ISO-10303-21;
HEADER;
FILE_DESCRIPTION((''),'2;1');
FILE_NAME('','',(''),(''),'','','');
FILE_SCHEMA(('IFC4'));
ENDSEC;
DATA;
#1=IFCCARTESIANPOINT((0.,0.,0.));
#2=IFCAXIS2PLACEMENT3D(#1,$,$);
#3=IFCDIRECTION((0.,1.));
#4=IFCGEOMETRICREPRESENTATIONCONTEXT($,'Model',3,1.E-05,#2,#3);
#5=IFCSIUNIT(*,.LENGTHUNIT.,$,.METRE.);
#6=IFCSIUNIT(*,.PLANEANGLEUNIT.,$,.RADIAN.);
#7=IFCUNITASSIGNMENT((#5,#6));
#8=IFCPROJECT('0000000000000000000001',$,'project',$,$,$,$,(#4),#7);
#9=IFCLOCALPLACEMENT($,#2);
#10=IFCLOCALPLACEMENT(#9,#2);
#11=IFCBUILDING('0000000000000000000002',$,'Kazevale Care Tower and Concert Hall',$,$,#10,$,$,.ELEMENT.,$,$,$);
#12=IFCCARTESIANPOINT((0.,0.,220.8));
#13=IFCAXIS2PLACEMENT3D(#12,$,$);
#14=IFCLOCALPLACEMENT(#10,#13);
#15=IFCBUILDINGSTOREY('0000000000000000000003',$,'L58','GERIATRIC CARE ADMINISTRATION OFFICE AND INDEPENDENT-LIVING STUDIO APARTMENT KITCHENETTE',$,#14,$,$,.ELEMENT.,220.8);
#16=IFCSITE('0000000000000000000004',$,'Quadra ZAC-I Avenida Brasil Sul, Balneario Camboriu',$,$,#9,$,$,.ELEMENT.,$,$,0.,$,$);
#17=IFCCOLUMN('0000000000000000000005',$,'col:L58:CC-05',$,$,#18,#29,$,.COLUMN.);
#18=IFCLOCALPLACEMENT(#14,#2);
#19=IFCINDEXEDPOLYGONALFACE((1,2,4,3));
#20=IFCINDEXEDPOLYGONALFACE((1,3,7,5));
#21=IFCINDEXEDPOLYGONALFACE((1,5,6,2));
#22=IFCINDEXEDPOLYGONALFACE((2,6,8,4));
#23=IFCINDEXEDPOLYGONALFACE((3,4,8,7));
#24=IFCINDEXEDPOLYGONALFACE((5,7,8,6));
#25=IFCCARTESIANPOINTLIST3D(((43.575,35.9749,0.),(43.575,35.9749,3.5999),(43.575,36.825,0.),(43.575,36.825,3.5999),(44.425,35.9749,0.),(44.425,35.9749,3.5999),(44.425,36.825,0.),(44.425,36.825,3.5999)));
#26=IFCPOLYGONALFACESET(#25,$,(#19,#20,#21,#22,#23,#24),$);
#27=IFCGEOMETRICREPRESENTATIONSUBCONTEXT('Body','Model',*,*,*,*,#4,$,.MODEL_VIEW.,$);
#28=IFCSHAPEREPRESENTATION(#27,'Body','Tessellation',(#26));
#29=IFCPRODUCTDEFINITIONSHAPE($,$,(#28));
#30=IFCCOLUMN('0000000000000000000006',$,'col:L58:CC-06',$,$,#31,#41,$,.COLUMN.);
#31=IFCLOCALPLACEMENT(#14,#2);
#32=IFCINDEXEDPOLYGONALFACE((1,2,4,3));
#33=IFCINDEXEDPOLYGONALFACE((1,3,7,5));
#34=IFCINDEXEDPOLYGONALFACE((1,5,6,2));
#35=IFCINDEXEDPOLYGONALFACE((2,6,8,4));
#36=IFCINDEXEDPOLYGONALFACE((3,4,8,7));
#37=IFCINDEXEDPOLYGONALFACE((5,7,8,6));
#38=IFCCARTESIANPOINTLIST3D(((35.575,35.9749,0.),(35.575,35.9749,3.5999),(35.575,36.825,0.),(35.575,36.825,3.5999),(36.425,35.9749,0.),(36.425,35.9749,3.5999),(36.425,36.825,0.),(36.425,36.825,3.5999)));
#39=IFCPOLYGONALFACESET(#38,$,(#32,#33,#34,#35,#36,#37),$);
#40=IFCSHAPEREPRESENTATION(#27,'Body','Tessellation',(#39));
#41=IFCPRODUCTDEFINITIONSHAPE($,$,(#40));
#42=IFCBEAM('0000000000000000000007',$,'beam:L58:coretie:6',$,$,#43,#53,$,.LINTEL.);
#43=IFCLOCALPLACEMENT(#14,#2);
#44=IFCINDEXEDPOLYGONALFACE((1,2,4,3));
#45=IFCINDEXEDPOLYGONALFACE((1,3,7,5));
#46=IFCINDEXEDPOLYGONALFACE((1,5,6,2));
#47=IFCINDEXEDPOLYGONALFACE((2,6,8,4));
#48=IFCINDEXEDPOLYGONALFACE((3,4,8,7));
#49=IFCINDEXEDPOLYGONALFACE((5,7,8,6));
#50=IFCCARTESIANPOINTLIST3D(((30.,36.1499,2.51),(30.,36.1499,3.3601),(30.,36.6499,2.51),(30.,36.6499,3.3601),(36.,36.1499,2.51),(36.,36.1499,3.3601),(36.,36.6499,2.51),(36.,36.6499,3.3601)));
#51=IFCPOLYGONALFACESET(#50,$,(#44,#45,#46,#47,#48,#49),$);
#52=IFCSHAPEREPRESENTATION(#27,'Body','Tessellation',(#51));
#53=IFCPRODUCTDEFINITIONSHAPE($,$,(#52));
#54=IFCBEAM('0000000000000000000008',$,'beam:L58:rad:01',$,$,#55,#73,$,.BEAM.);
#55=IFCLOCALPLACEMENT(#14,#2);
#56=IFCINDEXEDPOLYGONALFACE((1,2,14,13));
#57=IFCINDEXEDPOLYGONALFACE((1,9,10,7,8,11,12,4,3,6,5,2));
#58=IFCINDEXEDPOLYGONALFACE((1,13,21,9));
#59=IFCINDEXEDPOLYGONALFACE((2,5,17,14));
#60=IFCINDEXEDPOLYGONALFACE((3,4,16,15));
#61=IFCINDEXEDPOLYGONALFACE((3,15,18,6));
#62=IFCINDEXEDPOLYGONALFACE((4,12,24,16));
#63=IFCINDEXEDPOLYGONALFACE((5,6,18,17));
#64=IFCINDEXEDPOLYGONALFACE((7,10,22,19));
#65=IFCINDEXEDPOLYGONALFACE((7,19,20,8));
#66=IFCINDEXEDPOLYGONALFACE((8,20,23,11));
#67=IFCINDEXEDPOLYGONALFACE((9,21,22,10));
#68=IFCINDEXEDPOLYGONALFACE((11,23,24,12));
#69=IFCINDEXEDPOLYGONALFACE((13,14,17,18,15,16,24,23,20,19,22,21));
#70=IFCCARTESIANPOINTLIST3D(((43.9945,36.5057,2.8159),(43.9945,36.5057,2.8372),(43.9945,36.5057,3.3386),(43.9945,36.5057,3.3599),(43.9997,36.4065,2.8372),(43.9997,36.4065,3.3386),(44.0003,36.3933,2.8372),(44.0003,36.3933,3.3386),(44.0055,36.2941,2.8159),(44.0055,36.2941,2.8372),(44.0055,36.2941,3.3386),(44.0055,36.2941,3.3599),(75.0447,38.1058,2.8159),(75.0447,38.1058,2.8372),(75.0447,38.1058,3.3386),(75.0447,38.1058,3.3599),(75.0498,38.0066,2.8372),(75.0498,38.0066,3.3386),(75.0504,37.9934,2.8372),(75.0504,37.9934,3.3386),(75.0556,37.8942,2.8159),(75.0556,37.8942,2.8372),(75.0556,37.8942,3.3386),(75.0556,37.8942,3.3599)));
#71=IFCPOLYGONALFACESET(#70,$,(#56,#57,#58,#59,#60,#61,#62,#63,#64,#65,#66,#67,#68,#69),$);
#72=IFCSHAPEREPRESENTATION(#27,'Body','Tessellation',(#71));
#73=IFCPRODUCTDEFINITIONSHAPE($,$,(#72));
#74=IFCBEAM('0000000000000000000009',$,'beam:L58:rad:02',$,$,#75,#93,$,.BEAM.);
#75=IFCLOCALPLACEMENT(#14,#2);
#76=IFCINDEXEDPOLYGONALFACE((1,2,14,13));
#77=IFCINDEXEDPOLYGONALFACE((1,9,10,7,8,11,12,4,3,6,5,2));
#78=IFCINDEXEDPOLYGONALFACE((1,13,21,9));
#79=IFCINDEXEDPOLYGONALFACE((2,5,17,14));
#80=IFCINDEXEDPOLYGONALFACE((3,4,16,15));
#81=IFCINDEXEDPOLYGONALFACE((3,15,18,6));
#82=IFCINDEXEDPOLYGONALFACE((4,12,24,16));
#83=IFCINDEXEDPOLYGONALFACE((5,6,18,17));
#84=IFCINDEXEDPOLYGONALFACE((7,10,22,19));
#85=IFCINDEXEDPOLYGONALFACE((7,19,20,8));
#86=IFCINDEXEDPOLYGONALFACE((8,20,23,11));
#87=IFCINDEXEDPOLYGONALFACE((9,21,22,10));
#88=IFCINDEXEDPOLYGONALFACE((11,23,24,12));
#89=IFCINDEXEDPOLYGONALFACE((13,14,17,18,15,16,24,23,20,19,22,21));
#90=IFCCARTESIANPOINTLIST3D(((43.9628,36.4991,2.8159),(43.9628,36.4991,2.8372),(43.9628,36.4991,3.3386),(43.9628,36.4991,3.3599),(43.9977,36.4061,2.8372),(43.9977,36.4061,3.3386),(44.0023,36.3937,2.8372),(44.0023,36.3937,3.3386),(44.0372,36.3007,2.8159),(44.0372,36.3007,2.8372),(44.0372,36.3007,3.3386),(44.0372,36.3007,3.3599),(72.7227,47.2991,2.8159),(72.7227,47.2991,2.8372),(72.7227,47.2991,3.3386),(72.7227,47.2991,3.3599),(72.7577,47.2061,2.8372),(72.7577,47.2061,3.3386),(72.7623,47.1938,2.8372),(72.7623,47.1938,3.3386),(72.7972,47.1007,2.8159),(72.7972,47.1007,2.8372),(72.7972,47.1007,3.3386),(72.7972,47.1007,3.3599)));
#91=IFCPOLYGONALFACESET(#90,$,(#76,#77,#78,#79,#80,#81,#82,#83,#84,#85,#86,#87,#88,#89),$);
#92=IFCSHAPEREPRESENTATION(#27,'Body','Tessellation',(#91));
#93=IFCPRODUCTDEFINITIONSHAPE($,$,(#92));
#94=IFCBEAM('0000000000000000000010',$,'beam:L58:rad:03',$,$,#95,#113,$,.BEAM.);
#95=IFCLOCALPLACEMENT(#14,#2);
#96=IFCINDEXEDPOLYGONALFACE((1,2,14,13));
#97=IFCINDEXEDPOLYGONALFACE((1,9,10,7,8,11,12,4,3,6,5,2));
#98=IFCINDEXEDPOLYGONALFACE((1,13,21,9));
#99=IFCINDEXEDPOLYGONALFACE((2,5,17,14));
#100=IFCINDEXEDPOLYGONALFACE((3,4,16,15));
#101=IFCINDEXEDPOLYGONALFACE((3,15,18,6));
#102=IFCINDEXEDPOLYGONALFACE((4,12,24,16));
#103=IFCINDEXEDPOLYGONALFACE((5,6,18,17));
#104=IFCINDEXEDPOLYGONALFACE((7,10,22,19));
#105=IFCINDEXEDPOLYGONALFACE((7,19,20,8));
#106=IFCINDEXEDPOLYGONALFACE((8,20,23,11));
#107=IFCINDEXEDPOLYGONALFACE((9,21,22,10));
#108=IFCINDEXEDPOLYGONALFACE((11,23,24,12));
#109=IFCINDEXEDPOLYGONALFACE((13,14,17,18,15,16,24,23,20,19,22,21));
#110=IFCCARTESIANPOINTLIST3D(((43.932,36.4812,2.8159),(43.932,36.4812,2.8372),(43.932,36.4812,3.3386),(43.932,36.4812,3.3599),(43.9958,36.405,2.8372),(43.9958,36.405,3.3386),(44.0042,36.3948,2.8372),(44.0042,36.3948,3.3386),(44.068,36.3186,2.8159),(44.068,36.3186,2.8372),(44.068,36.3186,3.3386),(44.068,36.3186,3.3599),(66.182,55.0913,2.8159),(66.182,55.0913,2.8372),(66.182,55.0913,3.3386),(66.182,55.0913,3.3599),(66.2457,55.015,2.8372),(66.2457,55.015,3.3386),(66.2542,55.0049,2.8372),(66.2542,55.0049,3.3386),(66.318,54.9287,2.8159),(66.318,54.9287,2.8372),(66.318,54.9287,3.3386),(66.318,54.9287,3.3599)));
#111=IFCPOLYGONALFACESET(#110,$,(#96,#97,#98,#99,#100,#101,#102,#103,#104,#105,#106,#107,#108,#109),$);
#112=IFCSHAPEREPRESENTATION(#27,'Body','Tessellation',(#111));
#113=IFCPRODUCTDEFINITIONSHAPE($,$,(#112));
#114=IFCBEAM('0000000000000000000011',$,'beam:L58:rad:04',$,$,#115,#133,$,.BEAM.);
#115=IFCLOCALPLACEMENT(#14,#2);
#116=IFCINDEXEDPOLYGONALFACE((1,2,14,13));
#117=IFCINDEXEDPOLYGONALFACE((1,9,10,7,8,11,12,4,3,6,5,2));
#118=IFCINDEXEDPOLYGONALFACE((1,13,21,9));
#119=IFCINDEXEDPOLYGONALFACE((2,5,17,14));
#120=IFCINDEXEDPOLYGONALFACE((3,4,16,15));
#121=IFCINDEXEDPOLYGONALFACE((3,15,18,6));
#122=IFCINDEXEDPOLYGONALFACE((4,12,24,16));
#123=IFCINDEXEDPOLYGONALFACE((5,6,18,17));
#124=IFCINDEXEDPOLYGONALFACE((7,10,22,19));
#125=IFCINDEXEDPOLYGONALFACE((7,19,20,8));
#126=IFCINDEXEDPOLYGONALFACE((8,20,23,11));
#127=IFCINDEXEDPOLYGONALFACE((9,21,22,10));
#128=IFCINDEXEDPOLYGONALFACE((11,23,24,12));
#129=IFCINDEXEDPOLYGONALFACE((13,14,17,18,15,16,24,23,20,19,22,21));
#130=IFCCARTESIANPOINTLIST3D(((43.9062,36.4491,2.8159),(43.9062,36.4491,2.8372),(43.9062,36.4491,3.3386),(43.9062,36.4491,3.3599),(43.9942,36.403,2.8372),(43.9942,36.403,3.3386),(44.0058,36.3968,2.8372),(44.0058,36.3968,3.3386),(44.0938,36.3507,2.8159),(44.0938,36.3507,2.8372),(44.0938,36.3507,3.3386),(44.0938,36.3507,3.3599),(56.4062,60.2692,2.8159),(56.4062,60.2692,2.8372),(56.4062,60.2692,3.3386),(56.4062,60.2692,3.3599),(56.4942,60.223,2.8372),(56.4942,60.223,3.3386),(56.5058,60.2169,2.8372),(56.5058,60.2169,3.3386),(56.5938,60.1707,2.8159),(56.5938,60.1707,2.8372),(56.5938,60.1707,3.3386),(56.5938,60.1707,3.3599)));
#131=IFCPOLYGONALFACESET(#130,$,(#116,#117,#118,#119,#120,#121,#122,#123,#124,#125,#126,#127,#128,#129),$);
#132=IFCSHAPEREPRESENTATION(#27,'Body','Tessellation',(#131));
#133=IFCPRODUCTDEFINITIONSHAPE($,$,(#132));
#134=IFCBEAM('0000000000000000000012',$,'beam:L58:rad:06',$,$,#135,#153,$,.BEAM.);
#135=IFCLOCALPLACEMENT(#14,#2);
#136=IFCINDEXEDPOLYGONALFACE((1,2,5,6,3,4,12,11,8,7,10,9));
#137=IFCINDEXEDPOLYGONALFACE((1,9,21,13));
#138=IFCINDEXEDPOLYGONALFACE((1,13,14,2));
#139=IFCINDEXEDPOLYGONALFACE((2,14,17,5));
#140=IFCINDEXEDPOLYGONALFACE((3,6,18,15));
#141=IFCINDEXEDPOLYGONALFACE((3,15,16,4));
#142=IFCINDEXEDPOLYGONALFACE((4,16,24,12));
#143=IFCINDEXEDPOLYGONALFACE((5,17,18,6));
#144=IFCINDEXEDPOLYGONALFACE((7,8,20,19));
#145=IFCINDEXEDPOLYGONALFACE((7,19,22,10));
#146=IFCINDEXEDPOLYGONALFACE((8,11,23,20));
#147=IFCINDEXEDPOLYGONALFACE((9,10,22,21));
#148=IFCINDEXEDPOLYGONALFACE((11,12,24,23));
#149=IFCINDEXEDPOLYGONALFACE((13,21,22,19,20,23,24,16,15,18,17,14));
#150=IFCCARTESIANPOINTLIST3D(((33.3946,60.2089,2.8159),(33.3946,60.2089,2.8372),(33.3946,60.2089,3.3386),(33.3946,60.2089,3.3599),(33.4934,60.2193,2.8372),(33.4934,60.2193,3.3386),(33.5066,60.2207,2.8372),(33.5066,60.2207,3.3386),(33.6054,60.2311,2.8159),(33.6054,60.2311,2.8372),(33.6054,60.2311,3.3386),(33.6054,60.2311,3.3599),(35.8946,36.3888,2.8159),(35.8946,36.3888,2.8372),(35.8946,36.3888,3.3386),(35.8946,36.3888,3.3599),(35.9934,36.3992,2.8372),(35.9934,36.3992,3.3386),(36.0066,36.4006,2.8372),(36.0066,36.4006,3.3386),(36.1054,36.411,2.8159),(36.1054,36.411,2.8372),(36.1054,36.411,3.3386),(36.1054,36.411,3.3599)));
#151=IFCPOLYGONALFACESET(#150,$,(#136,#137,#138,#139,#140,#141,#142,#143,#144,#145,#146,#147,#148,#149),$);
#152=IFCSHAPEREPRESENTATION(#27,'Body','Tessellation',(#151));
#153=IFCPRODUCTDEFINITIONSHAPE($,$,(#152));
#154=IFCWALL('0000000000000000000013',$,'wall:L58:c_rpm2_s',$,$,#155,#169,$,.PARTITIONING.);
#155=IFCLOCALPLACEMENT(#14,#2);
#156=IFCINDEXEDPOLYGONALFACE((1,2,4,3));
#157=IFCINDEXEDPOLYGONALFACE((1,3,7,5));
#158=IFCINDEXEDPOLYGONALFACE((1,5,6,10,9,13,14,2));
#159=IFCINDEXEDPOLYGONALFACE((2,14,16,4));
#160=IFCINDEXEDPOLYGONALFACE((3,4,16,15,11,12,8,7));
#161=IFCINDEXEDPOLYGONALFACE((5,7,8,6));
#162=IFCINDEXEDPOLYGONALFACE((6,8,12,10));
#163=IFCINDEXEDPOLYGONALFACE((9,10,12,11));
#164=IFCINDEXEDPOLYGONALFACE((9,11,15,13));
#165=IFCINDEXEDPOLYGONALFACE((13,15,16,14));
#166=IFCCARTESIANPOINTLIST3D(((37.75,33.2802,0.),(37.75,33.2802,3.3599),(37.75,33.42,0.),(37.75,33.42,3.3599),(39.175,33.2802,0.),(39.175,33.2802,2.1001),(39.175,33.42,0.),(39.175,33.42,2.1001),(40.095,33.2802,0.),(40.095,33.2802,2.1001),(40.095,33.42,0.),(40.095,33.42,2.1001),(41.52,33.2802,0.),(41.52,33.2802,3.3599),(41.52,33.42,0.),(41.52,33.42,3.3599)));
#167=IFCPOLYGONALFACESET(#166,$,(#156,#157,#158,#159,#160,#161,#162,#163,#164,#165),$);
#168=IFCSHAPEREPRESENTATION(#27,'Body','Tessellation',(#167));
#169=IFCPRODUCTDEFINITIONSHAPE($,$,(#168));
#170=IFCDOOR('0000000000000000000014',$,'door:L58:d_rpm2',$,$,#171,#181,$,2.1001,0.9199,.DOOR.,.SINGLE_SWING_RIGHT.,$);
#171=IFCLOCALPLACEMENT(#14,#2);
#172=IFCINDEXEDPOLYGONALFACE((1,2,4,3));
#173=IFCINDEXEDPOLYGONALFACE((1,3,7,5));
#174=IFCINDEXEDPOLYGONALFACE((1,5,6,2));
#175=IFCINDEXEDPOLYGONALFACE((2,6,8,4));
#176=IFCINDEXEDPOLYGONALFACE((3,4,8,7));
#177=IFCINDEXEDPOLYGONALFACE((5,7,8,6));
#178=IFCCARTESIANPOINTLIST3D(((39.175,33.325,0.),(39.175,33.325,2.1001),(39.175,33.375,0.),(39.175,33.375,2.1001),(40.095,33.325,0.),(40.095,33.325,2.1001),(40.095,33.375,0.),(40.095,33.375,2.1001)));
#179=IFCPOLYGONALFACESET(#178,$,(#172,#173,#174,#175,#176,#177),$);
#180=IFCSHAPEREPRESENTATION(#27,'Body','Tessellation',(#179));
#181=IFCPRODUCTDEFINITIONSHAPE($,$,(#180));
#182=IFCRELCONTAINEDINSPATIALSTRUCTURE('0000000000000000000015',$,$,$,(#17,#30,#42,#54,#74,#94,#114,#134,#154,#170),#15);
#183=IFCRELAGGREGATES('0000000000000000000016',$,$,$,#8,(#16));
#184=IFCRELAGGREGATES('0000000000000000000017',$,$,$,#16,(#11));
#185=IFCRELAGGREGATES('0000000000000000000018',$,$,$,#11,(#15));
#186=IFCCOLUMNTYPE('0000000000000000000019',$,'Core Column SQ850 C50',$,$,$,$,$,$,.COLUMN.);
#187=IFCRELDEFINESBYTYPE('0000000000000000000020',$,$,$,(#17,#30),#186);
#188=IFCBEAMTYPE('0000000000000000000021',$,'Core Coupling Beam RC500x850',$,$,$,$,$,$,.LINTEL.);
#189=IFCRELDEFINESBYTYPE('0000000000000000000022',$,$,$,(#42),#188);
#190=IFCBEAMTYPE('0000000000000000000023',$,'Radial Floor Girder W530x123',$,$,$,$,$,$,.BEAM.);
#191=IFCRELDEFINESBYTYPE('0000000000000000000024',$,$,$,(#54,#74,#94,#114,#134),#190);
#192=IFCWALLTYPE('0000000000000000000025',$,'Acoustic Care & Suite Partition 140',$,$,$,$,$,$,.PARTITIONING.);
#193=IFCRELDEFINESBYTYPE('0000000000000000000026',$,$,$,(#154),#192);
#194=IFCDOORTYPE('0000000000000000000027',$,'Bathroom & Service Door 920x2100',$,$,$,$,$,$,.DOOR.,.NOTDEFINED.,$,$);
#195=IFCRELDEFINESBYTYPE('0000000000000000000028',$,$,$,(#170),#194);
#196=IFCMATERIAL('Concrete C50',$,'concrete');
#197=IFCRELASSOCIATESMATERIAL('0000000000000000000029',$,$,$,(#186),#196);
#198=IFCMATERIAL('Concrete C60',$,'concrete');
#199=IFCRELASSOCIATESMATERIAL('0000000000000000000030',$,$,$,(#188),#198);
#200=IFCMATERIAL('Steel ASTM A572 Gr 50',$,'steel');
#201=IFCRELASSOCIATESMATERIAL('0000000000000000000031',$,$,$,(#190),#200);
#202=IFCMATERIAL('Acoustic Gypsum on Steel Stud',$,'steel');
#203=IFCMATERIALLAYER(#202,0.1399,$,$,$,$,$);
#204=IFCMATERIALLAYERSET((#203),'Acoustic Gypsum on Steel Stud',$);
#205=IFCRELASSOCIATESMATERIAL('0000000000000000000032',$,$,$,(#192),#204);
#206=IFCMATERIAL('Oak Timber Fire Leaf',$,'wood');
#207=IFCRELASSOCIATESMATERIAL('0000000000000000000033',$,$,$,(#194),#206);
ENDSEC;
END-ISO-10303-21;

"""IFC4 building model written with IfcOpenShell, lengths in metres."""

from ifc_helpers import new_model, si_unit, direction, frame, frame_2d, origin, origin_2d, place, context, subcontext, project, spatial, rectangle, i_section, extrude, material, layer, layer_set, material_profile, profile_set, type_object, element, fill, save


model = new_model("IFC4")

# Units and contexts
model_context = context("Model", 3, precision=1e-05, world=origin(), true_north=direction((0.0, 1.0)))
body_context = subcontext(model_context, "Body", "Model", "MODEL_VIEW")
ifc_project = project(units=[si_unit("LENGTHUNIT", "METRE"), si_unit("PLANEANGLEUNIT", "RADIAN")], contexts=[model_context])

# Site, building, storey
site_placement = place(None, origin())
site = spatial("IfcSite", under=ifc_project, at=site_placement, Name="Quadra ZAC-I Avenida Brasil Sul, Balneario Camboriu", CompositionType="ELEMENT", RefElevation=0.0)
building_placement = place(site_placement, origin())
building = spatial("IfcBuilding", under=site, at=building_placement, Name="Kazevale Care Tower and Concert Hall", CompositionType="ELEMENT")
storey_placement = place(building_placement, frame((0.0, 0.0, 220.8)))
storey = spatial("IfcBuildingStorey", under=building, at=storey_placement, Name="L58", Description="GERIATRIC CARE ADMINISTRATION OFFICE AND INDEPENDENT-LIVING STUDIO APARTMENT KITCHENETTE", CompositionType="ELEMENT", Elevation=220.8)

# Columns
ifc_material_1 = material(Name="Concrete C50", Category="concrete")
ifc_material_profile_1 = material_profile(ifc_material_1, rectangle(XDim=0.8501, YDim=0.8501, at=origin_2d()), Name="RC-SQ850")
ifc_profile_set_1 = profile_set([ifc_material_profile_1], Name="Concrete C50")
column_type = type_object("IfcColumnType", Name="Core Column SQ850 C50", PredefinedType="COLUMN", material=ifc_profile_set_1)
for number, where, z_axis, x_axis, name in (
    (1, (44.0, 36.3999, 0.0), (0.0, 0.0, 1.0), (1.0, 0.0, 0.0), "col:L58:CC-05"),
    (2, (36.0, 36.3999, 0.0), (0.0, 0.0, 1.0), (1.0, 0.0, 0.0), "col:L58:CC-06"),
):
    element("IfcColumn", number, at=place(storey_placement, frame(where, z_axis=z_axis, x_axis=x_axis)), inside=storey, type_object=column_type, Name=name, PredefinedType="COLUMN", context=body_context, shape_type="SweptSolid", body=[
        extrude(rectangle(XDim=0.8501, YDim=0.8501, at=origin_2d()), origin(), (0.0, 0.0, 1.0), 3.5999),
    ])

# Beams
ifc_material_2 = material(Name="Concrete C60", Category="concrete")
ifc_material_profile_2 = material_profile(ifc_material_2, rectangle(XDim=0.5, YDim=0.8501, at=origin_2d()), Name="RC-B500x850")
ifc_profile_set_2 = profile_set([ifc_material_profile_2], Name="Concrete C60")
beam_type_1 = type_object("IfcBeamType", Name="Core Coupling Beam RC500x850", PredefinedType="LINTEL", material=ifc_profile_set_2)
beam_1_placement = place(storey_placement, frame((36.0, 36.3999, 2.9351), z_axis=(-1.0, 0.0, 0.0), x_axis=(0.0, -1.0, 0.0)))
element("IfcBeam", 3, at=beam_1_placement, inside=storey, type_object=beam_type_1, Name="beam:L58:coretie:6", PredefinedType="LINTEL", context=body_context, shape_type="SweptSolid", body=[
    extrude(rectangle(XDim=0.5, YDim=0.8501, at=origin_2d()), origin(), (0.0, 0.0, 1.0), 6.0),
])
ifc_material_3 = material(Name="Steel ASTM A572 Gr 50", Category="steel")
ifc_material_profile_3 = material_profile(ifc_material_3, i_section(OverallWidth=0.2119, OverallDepth=0.5439, WebThickness=0.0132, FlangeThickness=0.0212, at=origin_2d()), Name="W530x123")
ifc_profile_set_3 = profile_set([ifc_material_profile_3], Name="Steel ASTM A572 Gr 50")
beam_type_2 = type_object("IfcBeamType", Name="Radial Floor Girder W530x123", PredefinedType="BEAM", material=ifc_profile_set_3)
beam_2_placement = place(storey_placement, frame((44.0, 36.3999, 3.0879), z_axis=(0.998675, 0.051465, 0.0), x_axis=(-0.051465, 0.998675, 0.0)))
element("IfcBeam", 4, at=beam_2_placement, inside=storey, type_object=beam_type_2, Name="beam:L58:rad:01", PredefinedType="BEAM", context=body_context, shape_type="SweptSolid", body=[
    extrude(i_section(OverallWidth=0.2119, OverallDepth=0.5439, WebThickness=0.0132, FlangeThickness=0.0212, at=origin_2d()), origin(), (0.0, 0.0, 1.0), 31.0913),
])
beam_3_placement = place(storey_placement, frame((44.0, 36.3999, 3.0879), z_axis=(0.936168, 0.351553, 0.0), x_axis=(-0.351553, 0.936168, 0.0)))
element("IfcBeam", 5, at=beam_3_placement, inside=storey, type_object=beam_type_2, Name="beam:L58:rad:02", PredefinedType="BEAM", context=body_context, shape_type="SweptSolid", body=[
    extrude(i_section(OverallWidth=0.2119, OverallDepth=0.5439, WebThickness=0.0132, FlangeThickness=0.0212, at=origin_2d()), origin(), (0.0, 0.0, 1.0), 30.7209),
])
beam_4_placement = place(storey_placement, frame((44.0, 36.3999, 3.0879), z_axis=(0.76706, 0.641576, 0.0), x_axis=(-0.641576, 0.76706, 0.0)))
element("IfcBeam", 6, at=beam_4_placement, inside=storey, type_object=beam_type_2, Name="beam:L58:rad:03", PredefinedType="BEAM", context=body_context, shape_type="SweptSolid", body=[
    extrude(i_section(OverallWidth=0.2119, OverallDepth=0.5439, WebThickness=0.0132, FlangeThickness=0.0212, at=origin_2d()), origin(), (0.0, 0.0, 1.0), 29.0068),
])
beam_5_placement = place(storey_placement, frame((44.0, 36.3999, 3.0879), z_axis=(0.464673, 0.885483, 0.0), x_axis=(-0.885483, 0.464673, 0.0)))
element("IfcBeam", 7, at=beam_5_placement, inside=storey, type_object=beam_type_2, Name="beam:L58:rad:04", PredefinedType="BEAM", context=body_context, shape_type="SweptSolid", body=[
    extrude(i_section(OverallWidth=0.2119, OverallDepth=0.5439, WebThickness=0.0132, FlangeThickness=0.0212, at=origin_2d()), origin(), (0.0, 0.0, 1.0), 26.9006),
])
beam_6_placement = place(storey_placement, frame((36.0, 36.3999, 3.0879), z_axis=(-0.10438, 0.994537, 0.0), x_axis=(-0.994537, -0.10438, 0.0)))
element("IfcBeam", 8, at=beam_6_placement, inside=storey, type_object=beam_type_2, Name="beam:L58:rad:06", PredefinedType="BEAM", context=body_context, shape_type="SweptSolid", body=[
    extrude(i_section(OverallWidth=0.2119, OverallDepth=0.5439, WebThickness=0.0132, FlangeThickness=0.0212, at=origin_2d()), origin(), (0.0, 0.0, 1.0), 23.9509),
])

# Wall, opening, door
ifc_material_4 = material(Name="Acoustic Gypsum on Steel Stud", Category="steel")
ifc_layer_1 = layer(ifc_material_4, 0.1399)
ifc_layer_set_1 = layer_set([ifc_layer_1], Name="Acoustic Gypsum on Steel Stud")
wall_type_1 = type_object("IfcWallType", Name="Acoustic Care & Suite Partition 140", PredefinedType="PARTITIONING", material=ifc_layer_set_1)
wall_1_placement = place(storey_placement, frame((37.75, 33.3501, 0.0), z_axis=(0.0, 0.0, 1.0), x_axis=(1.0, 0.0, 0.0)))
wall_1 = element("IfcWall", 9, at=wall_1_placement, inside=storey, type_object=wall_type_1, Name="wall:L58:c_rpm2_s", PredefinedType="PARTITIONING", context=body_context, shape_type="SweptSolid", body=[
    extrude(rectangle(XDim=3.77, YDim=0.1399, at=frame_2d((1.885, 0.0))), origin(), (0.0, 0.0, 1.0), 3.3599),
])
opening_1_placement = place(wall_1_placement, frame((1.425, 0.0, 0.0)))
opening_1 = element("IfcOpeningElement", 10, at=opening_1_placement, cuts=wall_1, PredefinedType="OPENING", context=body_context, shape_type="SweptSolid", body=[
    extrude(rectangle(XDim=0.9199, YDim=2.1001, at=frame_2d((0.46, 1.05))), frame((0.0, 0.0798, 0.0), z_axis=(0.0, -1.0, 0.0), x_axis=(1.0, 0.0, 0.0)), (0.0, 0.0, 1.0), 0.1599),
])
ifc_material_5 = material(Name="Oak Timber Fire Leaf", Category="wood")
door_type_1 = type_object("IfcDoorType", Name="Bathroom & Service Door 920x2100", OperationType="NOTDEFINED", PredefinedType="DOOR", material=ifc_material_5)
door_1_placement = place(opening_1_placement, origin())
door_1 = element("IfcDoor", 11, at=door_1_placement, inside=storey, type_object=door_type_1, Name="door:L58:d_rpm2", OperationType="SINGLE_SWING_RIGHT", OverallHeight=2.1001, OverallWidth=0.9199, PredefinedType="DOOR", context=body_context, shape_type="SweptSolid", body=[
    extrude(rectangle(XDim=0.9199, YDim=2.1001, at=frame_2d((0.46, 1.05))), frame((0.0, 0.0249, 0.0), z_axis=(0.0, -1.0, 0.0), x_axis=(1.0, 0.0, 0.0)), (0.0, 0.0, 1.0), 0.05),
])
fill(opening_1, door_1)

save(model, "model.ifc")
